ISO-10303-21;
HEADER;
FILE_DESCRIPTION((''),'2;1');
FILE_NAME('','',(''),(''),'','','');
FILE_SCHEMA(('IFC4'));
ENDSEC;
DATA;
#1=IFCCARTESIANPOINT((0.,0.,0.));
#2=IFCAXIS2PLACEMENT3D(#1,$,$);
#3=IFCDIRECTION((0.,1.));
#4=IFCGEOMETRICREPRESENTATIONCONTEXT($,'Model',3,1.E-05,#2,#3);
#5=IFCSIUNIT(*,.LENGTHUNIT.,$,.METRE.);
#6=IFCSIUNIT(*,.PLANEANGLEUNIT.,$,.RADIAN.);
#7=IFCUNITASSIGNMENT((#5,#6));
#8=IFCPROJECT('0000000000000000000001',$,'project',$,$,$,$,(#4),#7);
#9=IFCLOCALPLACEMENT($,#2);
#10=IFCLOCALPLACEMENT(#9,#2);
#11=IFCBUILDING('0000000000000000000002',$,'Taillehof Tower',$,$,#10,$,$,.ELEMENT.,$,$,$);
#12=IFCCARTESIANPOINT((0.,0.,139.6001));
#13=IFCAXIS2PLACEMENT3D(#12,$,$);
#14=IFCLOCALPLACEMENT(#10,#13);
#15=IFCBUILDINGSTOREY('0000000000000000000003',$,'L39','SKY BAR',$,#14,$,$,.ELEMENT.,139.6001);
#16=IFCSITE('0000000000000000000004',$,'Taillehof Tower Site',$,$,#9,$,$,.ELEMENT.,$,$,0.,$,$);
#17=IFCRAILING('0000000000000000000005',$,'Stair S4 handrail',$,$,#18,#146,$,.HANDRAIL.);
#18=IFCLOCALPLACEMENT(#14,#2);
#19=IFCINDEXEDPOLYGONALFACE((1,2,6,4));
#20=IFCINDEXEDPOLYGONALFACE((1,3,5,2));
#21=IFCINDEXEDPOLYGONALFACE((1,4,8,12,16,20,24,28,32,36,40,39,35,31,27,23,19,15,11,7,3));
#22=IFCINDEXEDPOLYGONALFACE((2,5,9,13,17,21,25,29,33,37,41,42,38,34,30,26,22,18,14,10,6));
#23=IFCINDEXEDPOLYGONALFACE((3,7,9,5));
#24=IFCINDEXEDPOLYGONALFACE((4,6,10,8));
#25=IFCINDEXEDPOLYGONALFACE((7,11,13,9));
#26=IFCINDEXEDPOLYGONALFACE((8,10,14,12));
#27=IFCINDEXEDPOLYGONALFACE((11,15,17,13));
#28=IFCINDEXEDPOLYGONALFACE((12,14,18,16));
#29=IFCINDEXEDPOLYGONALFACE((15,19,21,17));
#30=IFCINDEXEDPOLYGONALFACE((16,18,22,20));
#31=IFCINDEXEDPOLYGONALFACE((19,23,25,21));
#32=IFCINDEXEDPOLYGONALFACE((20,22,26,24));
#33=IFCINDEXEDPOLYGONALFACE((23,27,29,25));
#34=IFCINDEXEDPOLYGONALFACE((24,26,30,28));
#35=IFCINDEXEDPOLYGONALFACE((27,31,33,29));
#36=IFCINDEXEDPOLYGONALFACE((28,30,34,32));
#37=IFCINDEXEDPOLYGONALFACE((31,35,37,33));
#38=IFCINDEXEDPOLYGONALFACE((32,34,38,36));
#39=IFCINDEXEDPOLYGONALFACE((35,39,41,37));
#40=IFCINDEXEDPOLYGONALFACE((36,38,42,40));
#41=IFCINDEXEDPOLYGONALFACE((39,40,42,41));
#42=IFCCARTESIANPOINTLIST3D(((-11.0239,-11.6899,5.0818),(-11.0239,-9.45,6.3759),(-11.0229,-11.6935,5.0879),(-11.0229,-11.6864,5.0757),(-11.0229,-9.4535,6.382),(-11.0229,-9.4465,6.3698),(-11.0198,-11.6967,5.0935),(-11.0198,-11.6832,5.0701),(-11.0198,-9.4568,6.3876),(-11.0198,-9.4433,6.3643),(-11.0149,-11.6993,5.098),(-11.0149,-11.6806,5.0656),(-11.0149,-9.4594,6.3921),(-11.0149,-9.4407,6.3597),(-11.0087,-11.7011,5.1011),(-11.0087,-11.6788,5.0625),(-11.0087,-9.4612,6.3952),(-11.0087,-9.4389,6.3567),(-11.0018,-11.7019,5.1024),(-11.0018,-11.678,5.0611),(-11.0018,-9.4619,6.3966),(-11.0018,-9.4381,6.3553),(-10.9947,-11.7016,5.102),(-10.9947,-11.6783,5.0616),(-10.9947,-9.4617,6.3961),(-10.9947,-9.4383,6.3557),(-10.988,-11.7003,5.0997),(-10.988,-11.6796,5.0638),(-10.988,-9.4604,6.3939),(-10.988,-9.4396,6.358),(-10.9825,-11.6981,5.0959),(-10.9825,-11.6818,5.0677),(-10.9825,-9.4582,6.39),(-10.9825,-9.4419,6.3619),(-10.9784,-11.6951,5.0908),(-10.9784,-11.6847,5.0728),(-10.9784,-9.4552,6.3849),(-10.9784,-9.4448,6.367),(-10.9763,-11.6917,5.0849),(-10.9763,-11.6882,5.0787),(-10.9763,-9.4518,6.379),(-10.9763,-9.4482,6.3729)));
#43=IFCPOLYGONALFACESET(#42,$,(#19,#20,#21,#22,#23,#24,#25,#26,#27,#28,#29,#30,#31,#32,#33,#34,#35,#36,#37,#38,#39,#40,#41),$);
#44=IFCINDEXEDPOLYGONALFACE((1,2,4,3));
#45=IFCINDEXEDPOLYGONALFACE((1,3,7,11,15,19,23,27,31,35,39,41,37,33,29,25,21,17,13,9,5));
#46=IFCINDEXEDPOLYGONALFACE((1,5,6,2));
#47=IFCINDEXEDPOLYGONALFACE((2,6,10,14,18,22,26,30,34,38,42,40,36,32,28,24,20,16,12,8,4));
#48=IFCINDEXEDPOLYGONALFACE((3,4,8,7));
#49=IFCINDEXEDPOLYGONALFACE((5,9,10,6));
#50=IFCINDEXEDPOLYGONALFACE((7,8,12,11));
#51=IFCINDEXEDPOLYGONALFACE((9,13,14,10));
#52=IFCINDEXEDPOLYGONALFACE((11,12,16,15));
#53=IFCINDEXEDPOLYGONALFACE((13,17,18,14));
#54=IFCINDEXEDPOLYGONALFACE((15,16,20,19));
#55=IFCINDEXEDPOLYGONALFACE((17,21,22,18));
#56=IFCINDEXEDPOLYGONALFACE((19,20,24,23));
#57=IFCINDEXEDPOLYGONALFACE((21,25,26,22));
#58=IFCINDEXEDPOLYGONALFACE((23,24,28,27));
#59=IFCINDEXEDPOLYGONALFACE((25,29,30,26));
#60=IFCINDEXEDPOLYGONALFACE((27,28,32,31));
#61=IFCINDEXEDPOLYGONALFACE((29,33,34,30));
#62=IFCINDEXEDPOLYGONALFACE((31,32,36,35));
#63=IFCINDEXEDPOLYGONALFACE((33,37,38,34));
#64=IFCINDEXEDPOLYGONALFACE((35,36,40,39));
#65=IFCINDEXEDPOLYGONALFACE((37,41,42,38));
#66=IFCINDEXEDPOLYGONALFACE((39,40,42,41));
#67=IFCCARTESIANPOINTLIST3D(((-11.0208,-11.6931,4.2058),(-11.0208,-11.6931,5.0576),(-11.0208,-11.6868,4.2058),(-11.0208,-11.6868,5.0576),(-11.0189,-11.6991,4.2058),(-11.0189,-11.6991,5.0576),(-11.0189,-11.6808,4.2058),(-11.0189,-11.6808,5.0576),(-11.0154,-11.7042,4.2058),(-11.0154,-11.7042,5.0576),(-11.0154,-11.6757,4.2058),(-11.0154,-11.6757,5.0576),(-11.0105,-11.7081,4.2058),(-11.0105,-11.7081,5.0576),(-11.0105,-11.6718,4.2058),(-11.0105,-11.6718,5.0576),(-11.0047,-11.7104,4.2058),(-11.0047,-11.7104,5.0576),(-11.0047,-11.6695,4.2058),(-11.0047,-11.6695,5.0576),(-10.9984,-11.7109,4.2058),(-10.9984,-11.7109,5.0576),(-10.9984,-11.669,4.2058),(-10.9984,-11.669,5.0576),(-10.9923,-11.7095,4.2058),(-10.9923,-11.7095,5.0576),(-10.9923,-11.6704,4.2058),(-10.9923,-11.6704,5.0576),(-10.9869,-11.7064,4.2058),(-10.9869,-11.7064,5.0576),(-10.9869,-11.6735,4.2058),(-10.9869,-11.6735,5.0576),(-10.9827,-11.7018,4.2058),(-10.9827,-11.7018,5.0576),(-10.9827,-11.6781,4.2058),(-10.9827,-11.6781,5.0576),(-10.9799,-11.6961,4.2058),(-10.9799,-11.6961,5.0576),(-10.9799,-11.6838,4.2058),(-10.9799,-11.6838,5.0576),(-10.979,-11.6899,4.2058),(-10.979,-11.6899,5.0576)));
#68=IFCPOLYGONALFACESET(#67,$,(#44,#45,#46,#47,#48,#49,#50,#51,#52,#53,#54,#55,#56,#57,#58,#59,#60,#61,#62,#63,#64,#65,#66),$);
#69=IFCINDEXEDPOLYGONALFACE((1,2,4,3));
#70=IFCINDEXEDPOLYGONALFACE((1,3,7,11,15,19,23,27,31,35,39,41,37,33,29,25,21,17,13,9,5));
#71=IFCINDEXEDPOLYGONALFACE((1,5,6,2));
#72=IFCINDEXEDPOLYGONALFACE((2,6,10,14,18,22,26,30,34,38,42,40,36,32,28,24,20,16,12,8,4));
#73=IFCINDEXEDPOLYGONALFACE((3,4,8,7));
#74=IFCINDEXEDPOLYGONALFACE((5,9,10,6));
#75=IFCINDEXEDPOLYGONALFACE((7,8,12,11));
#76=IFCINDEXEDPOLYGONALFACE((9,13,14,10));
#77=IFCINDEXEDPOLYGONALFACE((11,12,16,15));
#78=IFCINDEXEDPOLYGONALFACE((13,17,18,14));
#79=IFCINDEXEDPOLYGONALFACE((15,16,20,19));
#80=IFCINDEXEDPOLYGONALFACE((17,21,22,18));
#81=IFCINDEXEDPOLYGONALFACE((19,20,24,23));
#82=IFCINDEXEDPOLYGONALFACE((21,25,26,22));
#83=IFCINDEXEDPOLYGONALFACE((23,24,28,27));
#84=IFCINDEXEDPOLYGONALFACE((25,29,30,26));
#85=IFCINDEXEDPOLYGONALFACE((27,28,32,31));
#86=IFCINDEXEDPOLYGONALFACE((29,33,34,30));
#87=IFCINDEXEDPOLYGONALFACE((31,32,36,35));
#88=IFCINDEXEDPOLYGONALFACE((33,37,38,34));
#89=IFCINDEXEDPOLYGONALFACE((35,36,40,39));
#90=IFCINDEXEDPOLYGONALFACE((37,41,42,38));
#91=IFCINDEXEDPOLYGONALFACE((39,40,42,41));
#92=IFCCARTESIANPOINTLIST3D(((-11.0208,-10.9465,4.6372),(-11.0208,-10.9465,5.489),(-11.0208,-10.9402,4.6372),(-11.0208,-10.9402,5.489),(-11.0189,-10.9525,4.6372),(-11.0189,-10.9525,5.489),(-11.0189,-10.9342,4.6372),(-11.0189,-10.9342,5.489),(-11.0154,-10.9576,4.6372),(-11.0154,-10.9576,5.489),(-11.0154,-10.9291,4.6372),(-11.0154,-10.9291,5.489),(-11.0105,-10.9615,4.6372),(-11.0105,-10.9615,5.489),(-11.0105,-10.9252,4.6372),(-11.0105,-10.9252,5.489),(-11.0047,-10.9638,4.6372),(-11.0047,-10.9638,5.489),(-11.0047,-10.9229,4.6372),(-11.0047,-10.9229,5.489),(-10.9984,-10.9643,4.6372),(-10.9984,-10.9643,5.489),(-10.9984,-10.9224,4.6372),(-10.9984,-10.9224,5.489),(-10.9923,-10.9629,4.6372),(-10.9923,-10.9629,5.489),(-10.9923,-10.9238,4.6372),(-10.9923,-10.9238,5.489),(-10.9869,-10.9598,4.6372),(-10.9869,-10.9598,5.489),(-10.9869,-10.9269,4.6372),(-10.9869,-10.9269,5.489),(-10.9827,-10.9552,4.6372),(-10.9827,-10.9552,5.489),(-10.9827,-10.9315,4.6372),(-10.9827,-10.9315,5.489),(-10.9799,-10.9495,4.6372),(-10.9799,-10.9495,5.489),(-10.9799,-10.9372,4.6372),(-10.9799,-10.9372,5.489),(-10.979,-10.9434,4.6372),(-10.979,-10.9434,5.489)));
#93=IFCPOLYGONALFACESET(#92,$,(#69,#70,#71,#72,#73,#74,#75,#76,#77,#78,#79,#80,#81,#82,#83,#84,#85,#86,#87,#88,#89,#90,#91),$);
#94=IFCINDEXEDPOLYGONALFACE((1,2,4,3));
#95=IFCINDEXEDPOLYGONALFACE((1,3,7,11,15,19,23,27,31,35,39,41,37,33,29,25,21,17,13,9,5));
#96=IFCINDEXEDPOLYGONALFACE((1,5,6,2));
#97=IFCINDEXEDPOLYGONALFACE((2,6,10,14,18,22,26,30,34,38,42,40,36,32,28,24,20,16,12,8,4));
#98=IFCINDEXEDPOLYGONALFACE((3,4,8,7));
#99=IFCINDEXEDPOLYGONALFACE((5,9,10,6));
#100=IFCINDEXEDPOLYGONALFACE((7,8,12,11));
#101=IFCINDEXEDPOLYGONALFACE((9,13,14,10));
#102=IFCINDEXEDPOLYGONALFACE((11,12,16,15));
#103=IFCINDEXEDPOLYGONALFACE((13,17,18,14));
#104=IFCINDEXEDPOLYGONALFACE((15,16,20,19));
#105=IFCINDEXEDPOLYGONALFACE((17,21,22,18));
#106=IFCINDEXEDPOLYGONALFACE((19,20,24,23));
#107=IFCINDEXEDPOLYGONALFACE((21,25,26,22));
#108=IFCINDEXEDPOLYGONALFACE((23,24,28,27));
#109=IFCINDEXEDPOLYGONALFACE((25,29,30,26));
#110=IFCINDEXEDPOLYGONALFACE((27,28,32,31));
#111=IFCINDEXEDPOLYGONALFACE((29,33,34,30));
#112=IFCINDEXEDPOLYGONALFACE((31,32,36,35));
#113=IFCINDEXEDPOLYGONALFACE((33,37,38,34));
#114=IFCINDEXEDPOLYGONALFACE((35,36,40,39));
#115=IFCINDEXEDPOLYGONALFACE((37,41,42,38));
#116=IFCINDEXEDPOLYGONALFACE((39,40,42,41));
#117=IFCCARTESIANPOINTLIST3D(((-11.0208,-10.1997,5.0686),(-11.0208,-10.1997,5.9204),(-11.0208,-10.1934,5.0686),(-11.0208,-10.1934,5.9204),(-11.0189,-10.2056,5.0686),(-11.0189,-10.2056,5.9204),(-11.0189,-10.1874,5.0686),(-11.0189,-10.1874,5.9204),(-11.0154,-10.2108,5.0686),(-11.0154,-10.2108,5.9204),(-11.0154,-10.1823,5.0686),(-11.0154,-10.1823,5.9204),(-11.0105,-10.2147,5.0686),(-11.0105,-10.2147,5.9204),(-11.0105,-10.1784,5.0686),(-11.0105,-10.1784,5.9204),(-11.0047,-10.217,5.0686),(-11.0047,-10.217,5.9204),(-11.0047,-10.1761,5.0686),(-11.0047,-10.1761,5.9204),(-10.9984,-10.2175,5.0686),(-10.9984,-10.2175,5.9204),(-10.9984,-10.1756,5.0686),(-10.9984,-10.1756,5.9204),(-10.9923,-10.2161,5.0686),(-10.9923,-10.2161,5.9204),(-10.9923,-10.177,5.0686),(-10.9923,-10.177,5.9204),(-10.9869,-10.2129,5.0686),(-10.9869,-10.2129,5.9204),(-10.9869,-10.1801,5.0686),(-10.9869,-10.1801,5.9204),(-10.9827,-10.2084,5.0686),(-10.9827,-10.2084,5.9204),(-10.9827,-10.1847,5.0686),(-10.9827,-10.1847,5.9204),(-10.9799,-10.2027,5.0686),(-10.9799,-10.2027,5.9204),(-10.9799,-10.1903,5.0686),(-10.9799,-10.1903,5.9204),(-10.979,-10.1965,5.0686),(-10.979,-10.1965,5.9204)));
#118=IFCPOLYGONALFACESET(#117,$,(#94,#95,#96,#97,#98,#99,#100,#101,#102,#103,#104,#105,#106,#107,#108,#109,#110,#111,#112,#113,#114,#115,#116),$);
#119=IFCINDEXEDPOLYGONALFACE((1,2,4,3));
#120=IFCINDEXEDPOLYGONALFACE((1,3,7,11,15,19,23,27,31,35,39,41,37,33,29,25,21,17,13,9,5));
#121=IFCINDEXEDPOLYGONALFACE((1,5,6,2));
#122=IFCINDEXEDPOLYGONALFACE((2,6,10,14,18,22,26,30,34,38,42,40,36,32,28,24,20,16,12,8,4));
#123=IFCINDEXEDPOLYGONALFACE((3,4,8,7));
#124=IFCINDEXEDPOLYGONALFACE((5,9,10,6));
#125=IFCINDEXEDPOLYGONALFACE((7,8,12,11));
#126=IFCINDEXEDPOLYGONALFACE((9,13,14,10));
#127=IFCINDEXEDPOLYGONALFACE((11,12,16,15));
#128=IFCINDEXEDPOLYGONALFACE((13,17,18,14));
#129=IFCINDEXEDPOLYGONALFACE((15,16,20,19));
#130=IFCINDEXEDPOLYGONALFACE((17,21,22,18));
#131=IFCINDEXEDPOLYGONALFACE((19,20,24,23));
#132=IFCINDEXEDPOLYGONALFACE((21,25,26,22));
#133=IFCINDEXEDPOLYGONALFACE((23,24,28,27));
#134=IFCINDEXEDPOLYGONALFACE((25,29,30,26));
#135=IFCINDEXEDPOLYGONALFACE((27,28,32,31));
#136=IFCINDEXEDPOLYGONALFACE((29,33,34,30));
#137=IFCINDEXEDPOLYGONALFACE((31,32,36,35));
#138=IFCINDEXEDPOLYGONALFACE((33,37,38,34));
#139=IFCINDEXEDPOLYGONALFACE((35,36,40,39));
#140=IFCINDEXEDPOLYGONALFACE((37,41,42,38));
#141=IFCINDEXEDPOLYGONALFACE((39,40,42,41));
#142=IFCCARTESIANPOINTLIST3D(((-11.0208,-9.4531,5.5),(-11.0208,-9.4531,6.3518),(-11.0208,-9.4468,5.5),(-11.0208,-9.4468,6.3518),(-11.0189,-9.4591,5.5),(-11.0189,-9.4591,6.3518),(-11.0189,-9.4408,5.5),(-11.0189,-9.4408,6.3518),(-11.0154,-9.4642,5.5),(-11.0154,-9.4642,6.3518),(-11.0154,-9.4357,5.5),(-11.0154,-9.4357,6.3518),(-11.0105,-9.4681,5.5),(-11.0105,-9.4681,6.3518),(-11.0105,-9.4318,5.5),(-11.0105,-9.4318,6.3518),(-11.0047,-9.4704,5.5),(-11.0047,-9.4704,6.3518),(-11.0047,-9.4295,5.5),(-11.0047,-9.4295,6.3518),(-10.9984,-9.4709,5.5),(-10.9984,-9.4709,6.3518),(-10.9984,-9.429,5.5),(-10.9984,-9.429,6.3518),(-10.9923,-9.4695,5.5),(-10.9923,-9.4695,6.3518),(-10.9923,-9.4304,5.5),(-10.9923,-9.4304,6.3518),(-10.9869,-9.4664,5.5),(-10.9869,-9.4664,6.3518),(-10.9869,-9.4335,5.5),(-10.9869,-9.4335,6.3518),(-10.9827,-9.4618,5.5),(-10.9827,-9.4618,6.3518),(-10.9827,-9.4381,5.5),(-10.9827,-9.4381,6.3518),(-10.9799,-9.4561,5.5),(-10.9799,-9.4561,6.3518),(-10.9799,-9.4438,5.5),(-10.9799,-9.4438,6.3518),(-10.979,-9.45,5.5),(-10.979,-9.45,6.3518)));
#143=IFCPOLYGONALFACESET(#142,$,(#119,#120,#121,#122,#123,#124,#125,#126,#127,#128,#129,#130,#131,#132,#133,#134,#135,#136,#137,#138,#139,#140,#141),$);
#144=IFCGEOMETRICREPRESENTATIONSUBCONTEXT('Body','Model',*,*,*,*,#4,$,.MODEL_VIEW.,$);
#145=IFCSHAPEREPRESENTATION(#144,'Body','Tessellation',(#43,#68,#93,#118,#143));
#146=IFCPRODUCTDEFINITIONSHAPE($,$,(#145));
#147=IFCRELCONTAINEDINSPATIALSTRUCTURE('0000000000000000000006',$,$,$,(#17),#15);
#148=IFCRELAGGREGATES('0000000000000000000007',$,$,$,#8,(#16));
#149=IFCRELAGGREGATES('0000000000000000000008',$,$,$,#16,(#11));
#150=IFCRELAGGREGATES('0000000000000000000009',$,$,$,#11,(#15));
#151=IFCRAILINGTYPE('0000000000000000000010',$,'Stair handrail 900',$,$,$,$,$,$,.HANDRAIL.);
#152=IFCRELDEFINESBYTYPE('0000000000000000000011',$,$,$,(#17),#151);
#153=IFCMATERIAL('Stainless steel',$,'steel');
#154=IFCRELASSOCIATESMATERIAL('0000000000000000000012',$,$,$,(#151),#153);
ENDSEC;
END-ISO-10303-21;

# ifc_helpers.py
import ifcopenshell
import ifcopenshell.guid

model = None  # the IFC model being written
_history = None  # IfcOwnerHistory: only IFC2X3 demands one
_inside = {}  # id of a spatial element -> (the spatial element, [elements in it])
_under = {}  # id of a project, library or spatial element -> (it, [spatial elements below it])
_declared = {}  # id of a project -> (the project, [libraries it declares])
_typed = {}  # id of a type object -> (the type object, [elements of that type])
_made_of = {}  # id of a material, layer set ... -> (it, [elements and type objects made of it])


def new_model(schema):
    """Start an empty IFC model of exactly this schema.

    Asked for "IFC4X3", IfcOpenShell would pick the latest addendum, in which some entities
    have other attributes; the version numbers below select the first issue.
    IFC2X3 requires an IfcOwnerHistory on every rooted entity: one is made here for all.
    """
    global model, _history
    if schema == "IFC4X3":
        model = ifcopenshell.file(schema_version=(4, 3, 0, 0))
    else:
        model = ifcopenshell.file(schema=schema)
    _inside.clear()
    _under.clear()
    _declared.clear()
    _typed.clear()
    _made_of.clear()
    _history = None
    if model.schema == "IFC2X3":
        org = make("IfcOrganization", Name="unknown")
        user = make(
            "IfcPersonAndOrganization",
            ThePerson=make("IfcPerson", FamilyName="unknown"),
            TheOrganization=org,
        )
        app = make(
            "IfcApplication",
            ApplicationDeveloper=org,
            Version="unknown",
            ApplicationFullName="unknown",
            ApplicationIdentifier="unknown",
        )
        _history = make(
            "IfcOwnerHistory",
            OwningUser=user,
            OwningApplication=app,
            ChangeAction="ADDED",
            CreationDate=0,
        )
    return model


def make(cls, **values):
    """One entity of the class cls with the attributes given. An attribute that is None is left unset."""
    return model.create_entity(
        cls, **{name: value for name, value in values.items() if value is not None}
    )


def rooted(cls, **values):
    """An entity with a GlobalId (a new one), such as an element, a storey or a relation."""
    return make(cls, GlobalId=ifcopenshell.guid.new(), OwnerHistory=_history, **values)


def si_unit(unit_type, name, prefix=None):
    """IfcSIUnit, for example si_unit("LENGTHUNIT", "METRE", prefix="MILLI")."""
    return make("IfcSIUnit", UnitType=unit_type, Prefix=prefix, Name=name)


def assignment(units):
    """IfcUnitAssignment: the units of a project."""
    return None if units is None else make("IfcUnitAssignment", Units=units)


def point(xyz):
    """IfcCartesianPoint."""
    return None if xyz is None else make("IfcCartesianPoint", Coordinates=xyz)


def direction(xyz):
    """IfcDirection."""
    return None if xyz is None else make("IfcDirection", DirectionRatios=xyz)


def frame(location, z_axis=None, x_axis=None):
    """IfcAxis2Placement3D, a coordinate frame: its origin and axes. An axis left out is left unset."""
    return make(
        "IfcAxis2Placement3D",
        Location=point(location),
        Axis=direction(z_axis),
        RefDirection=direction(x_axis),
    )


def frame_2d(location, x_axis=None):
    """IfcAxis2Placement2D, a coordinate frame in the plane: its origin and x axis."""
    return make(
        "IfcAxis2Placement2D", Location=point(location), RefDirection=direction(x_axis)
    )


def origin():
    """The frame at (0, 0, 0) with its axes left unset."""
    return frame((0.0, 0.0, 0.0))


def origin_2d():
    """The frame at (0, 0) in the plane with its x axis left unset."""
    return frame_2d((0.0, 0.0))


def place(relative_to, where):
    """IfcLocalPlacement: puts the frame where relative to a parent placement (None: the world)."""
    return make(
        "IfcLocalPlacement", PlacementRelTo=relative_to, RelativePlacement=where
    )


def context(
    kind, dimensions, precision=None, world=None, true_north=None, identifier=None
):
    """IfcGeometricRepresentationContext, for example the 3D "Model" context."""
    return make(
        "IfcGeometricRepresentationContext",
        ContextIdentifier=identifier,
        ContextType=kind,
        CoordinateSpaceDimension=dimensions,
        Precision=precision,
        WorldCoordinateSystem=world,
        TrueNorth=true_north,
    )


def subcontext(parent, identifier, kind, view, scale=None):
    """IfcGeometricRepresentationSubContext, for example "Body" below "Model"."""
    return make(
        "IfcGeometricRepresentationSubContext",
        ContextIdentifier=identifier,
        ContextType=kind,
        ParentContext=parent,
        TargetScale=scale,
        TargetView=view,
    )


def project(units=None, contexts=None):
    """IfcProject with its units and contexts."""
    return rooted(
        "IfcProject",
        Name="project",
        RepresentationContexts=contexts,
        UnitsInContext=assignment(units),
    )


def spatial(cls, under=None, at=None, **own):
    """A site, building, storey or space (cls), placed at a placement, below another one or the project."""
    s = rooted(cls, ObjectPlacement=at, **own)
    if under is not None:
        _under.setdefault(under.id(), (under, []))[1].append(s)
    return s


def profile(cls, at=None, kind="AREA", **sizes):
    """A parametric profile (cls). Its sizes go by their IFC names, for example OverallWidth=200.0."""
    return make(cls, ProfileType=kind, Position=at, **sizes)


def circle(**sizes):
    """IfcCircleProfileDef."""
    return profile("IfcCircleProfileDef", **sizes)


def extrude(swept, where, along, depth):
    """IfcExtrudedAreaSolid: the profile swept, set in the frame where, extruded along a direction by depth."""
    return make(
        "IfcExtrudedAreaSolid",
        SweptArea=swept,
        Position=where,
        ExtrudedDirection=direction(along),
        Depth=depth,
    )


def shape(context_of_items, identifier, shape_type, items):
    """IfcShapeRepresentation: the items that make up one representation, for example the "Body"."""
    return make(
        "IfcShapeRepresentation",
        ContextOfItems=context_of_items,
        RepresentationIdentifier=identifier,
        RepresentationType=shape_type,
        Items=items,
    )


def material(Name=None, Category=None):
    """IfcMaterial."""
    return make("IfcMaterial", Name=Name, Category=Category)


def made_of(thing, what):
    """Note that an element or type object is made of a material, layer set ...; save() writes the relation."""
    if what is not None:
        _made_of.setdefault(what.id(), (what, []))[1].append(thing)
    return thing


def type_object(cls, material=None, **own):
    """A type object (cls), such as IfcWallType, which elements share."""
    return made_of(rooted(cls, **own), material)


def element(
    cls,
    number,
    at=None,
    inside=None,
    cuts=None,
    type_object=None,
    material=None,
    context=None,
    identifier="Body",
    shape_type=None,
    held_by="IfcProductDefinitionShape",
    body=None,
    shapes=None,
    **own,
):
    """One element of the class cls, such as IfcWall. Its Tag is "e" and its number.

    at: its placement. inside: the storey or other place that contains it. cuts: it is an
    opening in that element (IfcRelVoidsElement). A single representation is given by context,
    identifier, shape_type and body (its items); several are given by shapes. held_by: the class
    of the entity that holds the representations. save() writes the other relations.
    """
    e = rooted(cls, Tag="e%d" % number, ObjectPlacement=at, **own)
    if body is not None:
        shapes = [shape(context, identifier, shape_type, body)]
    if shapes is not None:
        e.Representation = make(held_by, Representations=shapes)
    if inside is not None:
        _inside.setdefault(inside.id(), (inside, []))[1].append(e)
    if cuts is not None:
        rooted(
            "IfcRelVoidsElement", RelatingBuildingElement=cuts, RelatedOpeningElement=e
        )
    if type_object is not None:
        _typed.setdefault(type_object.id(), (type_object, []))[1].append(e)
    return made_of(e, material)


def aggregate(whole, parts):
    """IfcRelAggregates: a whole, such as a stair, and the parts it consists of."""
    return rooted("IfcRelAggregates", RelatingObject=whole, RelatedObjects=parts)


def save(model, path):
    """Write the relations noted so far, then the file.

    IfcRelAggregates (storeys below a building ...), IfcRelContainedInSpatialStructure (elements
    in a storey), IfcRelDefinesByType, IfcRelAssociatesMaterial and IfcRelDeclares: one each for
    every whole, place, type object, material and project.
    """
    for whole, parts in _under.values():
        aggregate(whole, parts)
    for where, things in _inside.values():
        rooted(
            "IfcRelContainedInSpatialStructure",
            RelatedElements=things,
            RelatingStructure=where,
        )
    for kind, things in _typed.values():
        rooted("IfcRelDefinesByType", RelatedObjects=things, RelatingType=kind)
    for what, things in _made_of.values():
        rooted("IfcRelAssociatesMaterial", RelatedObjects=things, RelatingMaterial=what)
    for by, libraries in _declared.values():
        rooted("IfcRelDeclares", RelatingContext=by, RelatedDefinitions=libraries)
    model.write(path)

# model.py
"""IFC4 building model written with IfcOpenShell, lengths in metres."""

from ifc_helpers import new_model, si_unit, direction, frame, origin, origin_2d, place, context, subcontext, project, spatial, circle, extrude, material, type_object, element, save


model = new_model("IFC4")

# Units and contexts
model_context = context("Model", 3, precision=1e-05, world=origin(), true_north=direction((0.0, 1.0)))
body_context = subcontext(model_context, "Body", "Model", "MODEL_VIEW")
ifc_project = project(units=[si_unit("LENGTHUNIT", "METRE"), si_unit("PLANEANGLEUNIT", "RADIAN")], contexts=[model_context])

# Site, building, storey
site_placement = place(None, origin())
site = spatial("IfcSite", under=ifc_project, at=site_placement, Name="Taillehof Tower Site", CompositionType="ELEMENT", RefElevation=0.0)
building_placement = place(site_placement, origin())
building = spatial("IfcBuilding", under=site, at=building_placement, Name="Taillehof Tower", CompositionType="ELEMENT")
storey_placement = place(building_placement, frame((0.0, 0.0, 139.6001)))
storey = spatial("IfcBuildingStorey", under=building, at=storey_placement, Name="L39", Description="SKY BAR", CompositionType="ELEMENT", Elevation=139.6001)

# Railing
ifc_material_1 = material(Name="Stainless steel", Category="steel")
railing_type = type_object("IfcRailingType", Name="Stair handrail 900", PredefinedType="HANDRAIL", material=ifc_material_1)
railing_1_placement = place(storey_placement, frame((-11.0, -11.6899, 4.2058)))
element("IfcRailing", 1, at=railing_1_placement, inside=storey, type_object=railing_type, Name="Stair S4 handrail", PredefinedType="HANDRAIL", context=body_context, shape_type="SweptSolid", body=[
    extrude(circle(Radius=0.0239, at=origin_2d()), frame((0.0, 0.0, 0.876), z_axis=(0.0, 0.86587, 0.50027), x_axis=(-1.0, 0.0, 0.0)), (0.0, 0.0, 1.0), 2.5869),
    extrude(circle(Radius=0.021, at=origin_2d()), origin(), (0.0, 0.0, 1.0), 0.8518),
    extrude(circle(Radius=0.021, at=origin_2d()), frame((0.0, 0.7466, 0.4314)), (0.0, 0.0, 1.0), 0.8518),
    extrude(circle(Radius=0.021, at=origin_2d()), frame((0.0, 1.4934, 0.8628)), (0.0, 0.0, 1.0), 0.8518),
    extrude(circle(Radius=0.021, at=origin_2d()), frame((0.0, 2.24, 1.2942)), (0.0, 0.0, 1.0), 0.8518),
])

save(model, "model.ifc")
